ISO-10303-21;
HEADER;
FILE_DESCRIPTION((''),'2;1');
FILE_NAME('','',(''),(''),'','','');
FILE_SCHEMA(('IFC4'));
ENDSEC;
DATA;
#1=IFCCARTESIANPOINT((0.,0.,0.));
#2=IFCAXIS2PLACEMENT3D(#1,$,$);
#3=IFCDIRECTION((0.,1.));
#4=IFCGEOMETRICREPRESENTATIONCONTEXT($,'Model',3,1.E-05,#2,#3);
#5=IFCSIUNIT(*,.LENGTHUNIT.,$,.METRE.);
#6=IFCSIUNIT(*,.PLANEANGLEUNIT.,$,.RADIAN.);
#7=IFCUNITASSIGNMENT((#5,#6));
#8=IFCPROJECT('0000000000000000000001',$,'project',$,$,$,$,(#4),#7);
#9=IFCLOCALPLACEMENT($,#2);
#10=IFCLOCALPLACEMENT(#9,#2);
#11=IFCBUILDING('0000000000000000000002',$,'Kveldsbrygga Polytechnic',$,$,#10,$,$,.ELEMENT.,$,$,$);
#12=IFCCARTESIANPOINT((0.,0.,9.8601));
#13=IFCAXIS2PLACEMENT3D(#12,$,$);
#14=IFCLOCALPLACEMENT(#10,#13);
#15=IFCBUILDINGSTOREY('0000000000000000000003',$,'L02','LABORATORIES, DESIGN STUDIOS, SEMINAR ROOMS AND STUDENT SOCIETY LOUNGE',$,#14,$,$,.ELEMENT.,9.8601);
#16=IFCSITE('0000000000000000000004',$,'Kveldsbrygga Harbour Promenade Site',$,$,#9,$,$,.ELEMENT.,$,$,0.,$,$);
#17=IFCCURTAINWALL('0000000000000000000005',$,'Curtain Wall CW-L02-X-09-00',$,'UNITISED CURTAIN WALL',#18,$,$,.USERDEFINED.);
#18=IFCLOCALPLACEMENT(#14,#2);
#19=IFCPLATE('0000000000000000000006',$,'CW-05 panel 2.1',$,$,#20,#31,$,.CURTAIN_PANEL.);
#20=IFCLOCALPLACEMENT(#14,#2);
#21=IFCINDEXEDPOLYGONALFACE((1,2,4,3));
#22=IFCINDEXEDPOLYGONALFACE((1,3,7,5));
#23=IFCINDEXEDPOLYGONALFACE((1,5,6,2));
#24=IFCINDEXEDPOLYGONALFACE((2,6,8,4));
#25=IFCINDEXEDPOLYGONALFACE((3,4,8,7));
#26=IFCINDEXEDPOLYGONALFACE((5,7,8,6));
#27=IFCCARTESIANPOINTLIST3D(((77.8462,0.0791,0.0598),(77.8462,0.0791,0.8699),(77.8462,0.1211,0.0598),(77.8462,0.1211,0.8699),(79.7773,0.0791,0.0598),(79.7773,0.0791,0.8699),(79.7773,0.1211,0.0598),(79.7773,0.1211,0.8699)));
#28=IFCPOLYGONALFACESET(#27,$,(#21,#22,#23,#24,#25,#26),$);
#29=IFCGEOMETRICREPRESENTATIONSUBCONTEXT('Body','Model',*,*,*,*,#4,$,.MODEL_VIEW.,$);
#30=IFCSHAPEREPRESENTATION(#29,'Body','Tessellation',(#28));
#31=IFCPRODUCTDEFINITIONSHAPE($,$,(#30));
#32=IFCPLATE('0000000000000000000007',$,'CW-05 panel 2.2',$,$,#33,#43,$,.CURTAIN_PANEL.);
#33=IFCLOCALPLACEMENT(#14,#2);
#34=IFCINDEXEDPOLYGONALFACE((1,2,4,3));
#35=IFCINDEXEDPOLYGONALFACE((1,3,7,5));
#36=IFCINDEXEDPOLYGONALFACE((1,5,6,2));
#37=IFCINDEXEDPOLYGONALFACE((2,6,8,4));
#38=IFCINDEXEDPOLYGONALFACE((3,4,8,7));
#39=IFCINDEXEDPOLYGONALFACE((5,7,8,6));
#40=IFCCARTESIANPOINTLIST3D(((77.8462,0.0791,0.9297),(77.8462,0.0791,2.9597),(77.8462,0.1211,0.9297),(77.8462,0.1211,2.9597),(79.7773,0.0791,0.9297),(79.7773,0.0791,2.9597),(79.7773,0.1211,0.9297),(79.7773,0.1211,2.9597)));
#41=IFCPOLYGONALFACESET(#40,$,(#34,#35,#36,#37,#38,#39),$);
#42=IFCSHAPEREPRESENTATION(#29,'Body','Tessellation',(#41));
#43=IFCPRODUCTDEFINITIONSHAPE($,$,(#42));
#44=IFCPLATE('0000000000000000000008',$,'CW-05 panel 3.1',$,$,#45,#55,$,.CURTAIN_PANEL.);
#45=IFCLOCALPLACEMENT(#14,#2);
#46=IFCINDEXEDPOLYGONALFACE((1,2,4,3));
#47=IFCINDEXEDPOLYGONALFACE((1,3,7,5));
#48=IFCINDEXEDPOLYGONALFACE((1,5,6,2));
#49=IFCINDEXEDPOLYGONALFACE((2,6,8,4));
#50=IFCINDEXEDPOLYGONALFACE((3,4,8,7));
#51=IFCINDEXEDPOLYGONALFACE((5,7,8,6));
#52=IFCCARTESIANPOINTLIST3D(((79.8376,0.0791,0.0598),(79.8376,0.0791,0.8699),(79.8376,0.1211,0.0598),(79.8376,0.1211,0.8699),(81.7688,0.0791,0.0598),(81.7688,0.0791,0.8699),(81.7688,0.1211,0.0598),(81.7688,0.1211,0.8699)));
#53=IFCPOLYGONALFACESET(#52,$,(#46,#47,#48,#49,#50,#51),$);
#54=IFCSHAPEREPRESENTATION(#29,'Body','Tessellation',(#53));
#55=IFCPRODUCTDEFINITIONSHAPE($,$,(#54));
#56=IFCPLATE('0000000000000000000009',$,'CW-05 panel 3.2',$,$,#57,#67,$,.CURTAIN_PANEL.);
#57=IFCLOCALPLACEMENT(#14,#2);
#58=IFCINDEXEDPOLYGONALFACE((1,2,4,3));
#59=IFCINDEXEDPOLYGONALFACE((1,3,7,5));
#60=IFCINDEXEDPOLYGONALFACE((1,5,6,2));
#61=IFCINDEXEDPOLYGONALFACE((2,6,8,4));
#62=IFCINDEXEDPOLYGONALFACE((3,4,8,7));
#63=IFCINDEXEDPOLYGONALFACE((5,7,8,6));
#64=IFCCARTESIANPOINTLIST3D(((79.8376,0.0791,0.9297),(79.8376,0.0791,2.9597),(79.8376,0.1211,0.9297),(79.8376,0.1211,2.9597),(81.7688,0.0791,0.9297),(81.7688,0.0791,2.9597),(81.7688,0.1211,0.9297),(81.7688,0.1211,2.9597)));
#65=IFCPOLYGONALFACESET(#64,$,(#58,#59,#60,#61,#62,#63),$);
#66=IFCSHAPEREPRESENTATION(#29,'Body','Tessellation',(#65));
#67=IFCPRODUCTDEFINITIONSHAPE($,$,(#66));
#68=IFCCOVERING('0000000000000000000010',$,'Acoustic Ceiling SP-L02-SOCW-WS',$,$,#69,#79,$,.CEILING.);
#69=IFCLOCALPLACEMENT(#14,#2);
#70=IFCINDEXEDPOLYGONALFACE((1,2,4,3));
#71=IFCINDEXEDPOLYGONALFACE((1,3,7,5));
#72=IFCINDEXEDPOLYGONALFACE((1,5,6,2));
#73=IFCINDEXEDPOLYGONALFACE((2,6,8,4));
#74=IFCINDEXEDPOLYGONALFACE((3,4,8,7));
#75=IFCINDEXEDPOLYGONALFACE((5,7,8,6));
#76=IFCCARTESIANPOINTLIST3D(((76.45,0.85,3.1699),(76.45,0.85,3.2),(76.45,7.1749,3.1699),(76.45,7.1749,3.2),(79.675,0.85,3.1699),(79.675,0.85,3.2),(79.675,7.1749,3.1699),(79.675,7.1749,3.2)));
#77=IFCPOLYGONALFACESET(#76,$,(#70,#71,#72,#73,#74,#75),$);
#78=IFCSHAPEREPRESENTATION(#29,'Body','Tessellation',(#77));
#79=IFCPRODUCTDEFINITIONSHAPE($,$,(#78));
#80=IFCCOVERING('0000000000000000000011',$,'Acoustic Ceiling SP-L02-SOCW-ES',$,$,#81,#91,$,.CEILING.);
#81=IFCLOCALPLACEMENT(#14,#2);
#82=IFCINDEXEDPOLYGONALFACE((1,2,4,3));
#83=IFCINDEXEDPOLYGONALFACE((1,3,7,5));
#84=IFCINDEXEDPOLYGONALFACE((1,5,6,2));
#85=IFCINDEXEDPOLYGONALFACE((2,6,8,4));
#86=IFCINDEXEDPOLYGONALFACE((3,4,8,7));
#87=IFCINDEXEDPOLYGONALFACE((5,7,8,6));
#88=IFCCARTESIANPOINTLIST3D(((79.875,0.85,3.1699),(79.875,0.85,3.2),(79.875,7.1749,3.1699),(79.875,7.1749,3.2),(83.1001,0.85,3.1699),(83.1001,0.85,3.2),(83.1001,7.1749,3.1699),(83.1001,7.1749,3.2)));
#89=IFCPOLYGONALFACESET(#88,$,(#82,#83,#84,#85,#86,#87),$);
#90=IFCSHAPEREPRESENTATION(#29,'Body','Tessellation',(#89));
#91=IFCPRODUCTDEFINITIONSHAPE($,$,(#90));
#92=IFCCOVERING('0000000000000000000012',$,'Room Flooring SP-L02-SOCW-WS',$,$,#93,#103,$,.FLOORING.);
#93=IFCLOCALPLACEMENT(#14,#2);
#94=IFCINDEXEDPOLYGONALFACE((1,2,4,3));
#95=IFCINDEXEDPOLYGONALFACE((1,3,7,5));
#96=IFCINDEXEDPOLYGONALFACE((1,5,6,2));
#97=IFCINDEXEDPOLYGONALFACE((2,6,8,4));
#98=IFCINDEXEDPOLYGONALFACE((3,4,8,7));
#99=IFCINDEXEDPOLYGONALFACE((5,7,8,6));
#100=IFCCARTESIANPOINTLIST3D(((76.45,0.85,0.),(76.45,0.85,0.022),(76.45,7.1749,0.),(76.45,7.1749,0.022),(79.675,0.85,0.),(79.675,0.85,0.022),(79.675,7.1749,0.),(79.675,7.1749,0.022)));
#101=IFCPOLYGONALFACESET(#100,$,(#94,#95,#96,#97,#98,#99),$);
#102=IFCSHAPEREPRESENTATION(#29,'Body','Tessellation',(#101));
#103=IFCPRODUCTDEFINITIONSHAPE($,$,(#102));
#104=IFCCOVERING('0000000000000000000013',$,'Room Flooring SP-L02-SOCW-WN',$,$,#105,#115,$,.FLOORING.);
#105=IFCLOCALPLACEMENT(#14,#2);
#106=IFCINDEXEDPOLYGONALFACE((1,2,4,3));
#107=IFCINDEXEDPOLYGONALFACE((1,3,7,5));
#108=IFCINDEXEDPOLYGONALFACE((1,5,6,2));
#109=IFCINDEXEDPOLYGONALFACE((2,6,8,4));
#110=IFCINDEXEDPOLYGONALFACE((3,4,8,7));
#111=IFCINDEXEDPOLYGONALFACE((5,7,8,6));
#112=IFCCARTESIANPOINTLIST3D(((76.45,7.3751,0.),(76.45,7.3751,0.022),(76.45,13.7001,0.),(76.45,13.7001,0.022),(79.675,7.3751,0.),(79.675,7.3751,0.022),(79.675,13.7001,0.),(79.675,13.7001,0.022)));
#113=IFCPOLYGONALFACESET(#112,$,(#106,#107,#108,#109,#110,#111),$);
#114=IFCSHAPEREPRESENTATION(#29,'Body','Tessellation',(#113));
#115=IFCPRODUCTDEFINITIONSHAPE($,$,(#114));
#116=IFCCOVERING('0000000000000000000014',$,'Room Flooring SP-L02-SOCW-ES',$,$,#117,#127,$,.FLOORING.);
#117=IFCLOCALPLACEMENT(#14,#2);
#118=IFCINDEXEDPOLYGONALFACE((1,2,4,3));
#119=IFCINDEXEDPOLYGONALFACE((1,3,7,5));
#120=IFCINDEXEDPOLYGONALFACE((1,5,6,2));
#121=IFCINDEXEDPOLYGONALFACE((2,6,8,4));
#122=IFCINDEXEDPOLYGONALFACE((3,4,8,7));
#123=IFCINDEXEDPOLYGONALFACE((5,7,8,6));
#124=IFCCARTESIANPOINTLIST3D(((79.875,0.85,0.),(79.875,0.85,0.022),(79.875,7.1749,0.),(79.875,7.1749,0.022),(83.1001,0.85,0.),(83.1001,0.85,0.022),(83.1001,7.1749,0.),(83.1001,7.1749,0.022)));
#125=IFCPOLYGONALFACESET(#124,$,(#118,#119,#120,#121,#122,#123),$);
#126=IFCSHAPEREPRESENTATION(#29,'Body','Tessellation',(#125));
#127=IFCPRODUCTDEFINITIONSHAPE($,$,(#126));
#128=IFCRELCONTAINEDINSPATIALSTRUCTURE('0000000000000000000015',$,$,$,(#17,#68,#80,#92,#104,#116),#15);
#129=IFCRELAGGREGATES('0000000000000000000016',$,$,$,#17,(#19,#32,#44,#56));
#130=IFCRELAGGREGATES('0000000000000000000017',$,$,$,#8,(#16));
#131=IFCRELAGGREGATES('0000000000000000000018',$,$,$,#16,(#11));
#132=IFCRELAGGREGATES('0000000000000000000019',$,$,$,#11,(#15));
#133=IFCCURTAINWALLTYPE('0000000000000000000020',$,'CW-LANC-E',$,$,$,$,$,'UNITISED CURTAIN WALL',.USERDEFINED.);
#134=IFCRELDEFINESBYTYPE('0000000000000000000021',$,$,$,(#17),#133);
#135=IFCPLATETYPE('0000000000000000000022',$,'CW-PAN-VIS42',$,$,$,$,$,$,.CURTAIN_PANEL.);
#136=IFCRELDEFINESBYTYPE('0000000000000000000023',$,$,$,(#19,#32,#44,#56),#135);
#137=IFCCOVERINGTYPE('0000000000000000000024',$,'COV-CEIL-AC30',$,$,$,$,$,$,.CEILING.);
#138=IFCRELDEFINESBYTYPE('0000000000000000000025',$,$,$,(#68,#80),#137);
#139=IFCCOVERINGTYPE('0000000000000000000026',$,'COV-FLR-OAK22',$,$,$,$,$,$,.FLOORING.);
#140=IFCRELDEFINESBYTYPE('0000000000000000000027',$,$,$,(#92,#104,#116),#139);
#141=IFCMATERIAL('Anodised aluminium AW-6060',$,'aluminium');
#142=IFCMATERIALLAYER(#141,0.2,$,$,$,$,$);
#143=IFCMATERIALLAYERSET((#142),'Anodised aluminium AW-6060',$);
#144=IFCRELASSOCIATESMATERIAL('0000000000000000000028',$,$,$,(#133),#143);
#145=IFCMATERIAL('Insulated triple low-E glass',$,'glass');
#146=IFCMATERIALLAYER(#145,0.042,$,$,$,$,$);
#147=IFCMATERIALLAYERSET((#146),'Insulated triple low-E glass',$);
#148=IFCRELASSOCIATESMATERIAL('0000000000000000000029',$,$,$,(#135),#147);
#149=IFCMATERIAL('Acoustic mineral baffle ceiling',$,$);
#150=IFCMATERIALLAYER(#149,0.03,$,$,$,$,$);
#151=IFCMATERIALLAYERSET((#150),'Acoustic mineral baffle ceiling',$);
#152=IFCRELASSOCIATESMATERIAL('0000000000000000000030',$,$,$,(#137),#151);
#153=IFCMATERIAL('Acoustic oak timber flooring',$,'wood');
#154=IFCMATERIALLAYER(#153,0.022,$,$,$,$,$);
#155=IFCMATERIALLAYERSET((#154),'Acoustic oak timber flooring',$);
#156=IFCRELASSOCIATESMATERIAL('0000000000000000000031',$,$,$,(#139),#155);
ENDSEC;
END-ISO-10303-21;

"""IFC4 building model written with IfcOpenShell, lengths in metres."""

from ifc_helpers import new_model, si_unit, direction, frame, origin, origin_2d, place, context, subcontext, project, spatial, rectangle, extrude, material, layer, layer_set, type_object, element, aggregate, save


model = new_model("IFC4")

# Units and contexts
model_context = context("Model", 3, precision=1e-05, world=origin(), true_north=direction((0.0, 1.0)))
body_context = subcontext(model_context, "Body", "Model", "MODEL_VIEW")
ifc_project = project(units=[si_unit("LENGTHUNIT", "METRE"), si_unit("PLANEANGLEUNIT", "RADIAN")], contexts=[model_context])

# Site, building, storey
site_placement = place(None, origin())
site = spatial("IfcSite", under=ifc_project, at=site_placement, Name="Kveldsbrygga Harbour Promenade Site", CompositionType="ELEMENT", RefElevation=0.0)
building_placement = place(site_placement, origin())
building = spatial("IfcBuilding", under=site, at=building_placement, Name="Kveldsbrygga Polytechnic", CompositionType="ELEMENT")
storey_placement = place(building_placement, frame((0.0, 0.0, 9.8601)))
storey = spatial("IfcBuildingStorey", under=building, at=storey_placement, Name="L02", Description="LABORATORIES, DESIGN STUDIOS, SEMINAR ROOMS AND STUDENT SOCIETY LOUNGE", CompositionType="ELEMENT", Elevation=9.8601)

# Curtain wall, plates
ifc_material_1 = material(Name="Anodised aluminium AW-6060", Category="aluminium")
ifc_layer_1 = layer(ifc_material_1, 0.2)
ifc_layer_set_1 = layer_set([ifc_layer_1], Name="Anodised aluminium AW-6060")
curtain_wall_type = type_object("IfcCurtainWallType", Name="CW-LANC-E", ElementType="UNITISED CURTAIN WALL", PredefinedType="USERDEFINED", material=ifc_layer_set_1)
curtain_wall_placement = place(storey_placement, origin())
curtain_wall = element("IfcCurtainWall", 1, at=curtain_wall_placement, inside=storey, type_object=curtain_wall_type, Name="Curtain Wall CW-L02-X-09-00", ObjectType="UNITISED CURTAIN WALL", PredefinedType="USERDEFINED")
ifc_material_2 = material(Name="Insulated triple low-E glass", Category="glass")
ifc_layer_2 = layer(ifc_material_2, 0.042)
ifc_layer_set_2 = layer_set([ifc_layer_2], Name="Insulated triple low-E glass")
plate_type = type_object("IfcPlateType", Name="CW-PAN-VIS42", PredefinedType="CURTAIN_PANEL", material=ifc_layer_set_2)
plate_1_placement = place(storey_placement, frame((78.8118, 0.1001, 0.0598), z_axis=(0.0, 0.0, 1.0), x_axis=(1.0, 0.0, 0.0)))
plate_1 = element("IfcPlate", 2, at=plate_1_placement, type_object=plate_type, Name="CW-05 panel 2.1", PredefinedType="CURTAIN_PANEL", context=body_context, shape_type="SweptSolid", body=[
    extrude(rectangle(XDim=1.9312, YDim=0.042, at=origin_2d()), origin(), (0.0, 0.0, 1.0), 0.8101),
])
plate_2_placement = place(storey_placement, frame((78.8118, 0.1001, 0.9297), z_axis=(0.0, 0.0, 1.0), x_axis=(1.0, 0.0, 0.0)))
plate_2 = element("IfcPlate", 3, at=plate_2_placement, type_object=plate_type, Name="CW-05 panel 2.2", PredefinedType="CURTAIN_PANEL", context=body_context, shape_type="SweptSolid", body=[
    extrude(rectangle(XDim=1.9312, YDim=0.042, at=origin_2d()), origin(), (0.0, 0.0, 1.0), 2.03),
])
plate_3_placement = place(storey_placement, frame((80.8032, 0.1001, 0.0598), z_axis=(0.0, 0.0, 1.0), x_axis=(1.0, 0.0, 0.0)))
plate_3 = element("IfcPlate", 4, at=plate_3_placement, type_object=plate_type, Name="CW-05 panel 3.1", PredefinedType="CURTAIN_PANEL", context=body_context, shape_type="SweptSolid", body=[
    extrude(rectangle(XDim=1.9312, YDim=0.042, at=origin_2d()), origin(), (0.0, 0.0, 1.0), 0.8101),
])
plate_4_placement = place(storey_placement, frame((80.8032, 0.1001, 0.9297), z_axis=(0.0, 0.0, 1.0), x_axis=(1.0, 0.0, 0.0)))
plate_4 = element("IfcPlate", 5, at=plate_4_placement, type_object=plate_type, Name="CW-05 panel 3.2", PredefinedType="CURTAIN_PANEL", context=body_context, shape_type="SweptSolid", body=[
    extrude(rectangle(XDim=1.9312, YDim=0.042, at=origin_2d()), origin(), (0.0, 0.0, 1.0), 2.03),
])
aggregate(curtain_wall, [plate_1, plate_2, plate_3, plate_4])

# Coverings
ifc_material_3 = material(Name="Acoustic mineral baffle ceiling")
ifc_layer_3 = layer(ifc_material_3, 0.03)
ifc_layer_set_3 = layer_set([ifc_layer_3], Name="Acoustic mineral baffle ceiling")
covering_type_1 = type_object("IfcCoveringType", Name="COV-CEIL-AC30", PredefinedType="CEILING", material=ifc_layer_set_3)
for number, where, z_axis, x_axis, name in (
    (6, (78.0625, 4.0125, 3.1699), (0.0, 0.0, 1.0), (1.0, 0.0, 0.0), "Acoustic Ceiling SP-L02-SOCW-WS"),
    (7, (81.4875, 4.0125, 3.1699), (0.0, 0.0, 1.0), (1.0, 0.0, 0.0), "Acoustic Ceiling SP-L02-SOCW-ES"),
):
    element("IfcCovering", number, at=place(storey_placement, frame(where, z_axis=z_axis, x_axis=x_axis)), inside=storey, type_object=covering_type_1, Name=name, PredefinedType="CEILING", context=body_context, shape_type="SweptSolid", body=[
        extrude(rectangle(XDim=3.2251, YDim=6.325, at=origin_2d()), origin(), (0.0, 0.0, 1.0), 0.03),
    ])
ifc_material_4 = material(Name="Acoustic oak timber flooring", Category="wood")
ifc_layer_4 = layer(ifc_material_4, 0.022)
ifc_layer_set_4 = layer_set([ifc_layer_4], Name="Acoustic oak timber flooring")
covering_type_2 = type_object("IfcCoveringType", Name="COV-FLR-OAK22", PredefinedType="FLOORING", material=ifc_layer_set_4)
for number, where, z_axis, x_axis, name in (
    (8, (78.0625, 4.0125, 0.0), (0.0, 0.0, 1.0), (1.0, 0.0, 0.0), "Room Flooring SP-L02-SOCW-WS"),
    (9, (78.0625, 10.5376, 0.0), (0.0, 0.0, 1.0), (1.0, 0.0, 0.0), "Room Flooring SP-L02-SOCW-WN"),
    (10, (81.4875, 4.0125, 0.0), (0.0, 0.0, 1.0), (1.0, 0.0, 0.0), "Room Flooring SP-L02-SOCW-ES"),
):
    element("IfcCovering", number, at=place(storey_placement, frame(where, z_axis=z_axis, x_axis=x_axis)), inside=storey, type_object=covering_type_2, Name=name, PredefinedType="FLOORING", context=body_context, shape_type="SweptSolid", body=[
        extrude(rectangle(XDim=3.2251, YDim=6.325, at=origin_2d()), origin(), (0.0, 0.0, 1.0), 0.022),
    ])

save(model, "model.ifc")
